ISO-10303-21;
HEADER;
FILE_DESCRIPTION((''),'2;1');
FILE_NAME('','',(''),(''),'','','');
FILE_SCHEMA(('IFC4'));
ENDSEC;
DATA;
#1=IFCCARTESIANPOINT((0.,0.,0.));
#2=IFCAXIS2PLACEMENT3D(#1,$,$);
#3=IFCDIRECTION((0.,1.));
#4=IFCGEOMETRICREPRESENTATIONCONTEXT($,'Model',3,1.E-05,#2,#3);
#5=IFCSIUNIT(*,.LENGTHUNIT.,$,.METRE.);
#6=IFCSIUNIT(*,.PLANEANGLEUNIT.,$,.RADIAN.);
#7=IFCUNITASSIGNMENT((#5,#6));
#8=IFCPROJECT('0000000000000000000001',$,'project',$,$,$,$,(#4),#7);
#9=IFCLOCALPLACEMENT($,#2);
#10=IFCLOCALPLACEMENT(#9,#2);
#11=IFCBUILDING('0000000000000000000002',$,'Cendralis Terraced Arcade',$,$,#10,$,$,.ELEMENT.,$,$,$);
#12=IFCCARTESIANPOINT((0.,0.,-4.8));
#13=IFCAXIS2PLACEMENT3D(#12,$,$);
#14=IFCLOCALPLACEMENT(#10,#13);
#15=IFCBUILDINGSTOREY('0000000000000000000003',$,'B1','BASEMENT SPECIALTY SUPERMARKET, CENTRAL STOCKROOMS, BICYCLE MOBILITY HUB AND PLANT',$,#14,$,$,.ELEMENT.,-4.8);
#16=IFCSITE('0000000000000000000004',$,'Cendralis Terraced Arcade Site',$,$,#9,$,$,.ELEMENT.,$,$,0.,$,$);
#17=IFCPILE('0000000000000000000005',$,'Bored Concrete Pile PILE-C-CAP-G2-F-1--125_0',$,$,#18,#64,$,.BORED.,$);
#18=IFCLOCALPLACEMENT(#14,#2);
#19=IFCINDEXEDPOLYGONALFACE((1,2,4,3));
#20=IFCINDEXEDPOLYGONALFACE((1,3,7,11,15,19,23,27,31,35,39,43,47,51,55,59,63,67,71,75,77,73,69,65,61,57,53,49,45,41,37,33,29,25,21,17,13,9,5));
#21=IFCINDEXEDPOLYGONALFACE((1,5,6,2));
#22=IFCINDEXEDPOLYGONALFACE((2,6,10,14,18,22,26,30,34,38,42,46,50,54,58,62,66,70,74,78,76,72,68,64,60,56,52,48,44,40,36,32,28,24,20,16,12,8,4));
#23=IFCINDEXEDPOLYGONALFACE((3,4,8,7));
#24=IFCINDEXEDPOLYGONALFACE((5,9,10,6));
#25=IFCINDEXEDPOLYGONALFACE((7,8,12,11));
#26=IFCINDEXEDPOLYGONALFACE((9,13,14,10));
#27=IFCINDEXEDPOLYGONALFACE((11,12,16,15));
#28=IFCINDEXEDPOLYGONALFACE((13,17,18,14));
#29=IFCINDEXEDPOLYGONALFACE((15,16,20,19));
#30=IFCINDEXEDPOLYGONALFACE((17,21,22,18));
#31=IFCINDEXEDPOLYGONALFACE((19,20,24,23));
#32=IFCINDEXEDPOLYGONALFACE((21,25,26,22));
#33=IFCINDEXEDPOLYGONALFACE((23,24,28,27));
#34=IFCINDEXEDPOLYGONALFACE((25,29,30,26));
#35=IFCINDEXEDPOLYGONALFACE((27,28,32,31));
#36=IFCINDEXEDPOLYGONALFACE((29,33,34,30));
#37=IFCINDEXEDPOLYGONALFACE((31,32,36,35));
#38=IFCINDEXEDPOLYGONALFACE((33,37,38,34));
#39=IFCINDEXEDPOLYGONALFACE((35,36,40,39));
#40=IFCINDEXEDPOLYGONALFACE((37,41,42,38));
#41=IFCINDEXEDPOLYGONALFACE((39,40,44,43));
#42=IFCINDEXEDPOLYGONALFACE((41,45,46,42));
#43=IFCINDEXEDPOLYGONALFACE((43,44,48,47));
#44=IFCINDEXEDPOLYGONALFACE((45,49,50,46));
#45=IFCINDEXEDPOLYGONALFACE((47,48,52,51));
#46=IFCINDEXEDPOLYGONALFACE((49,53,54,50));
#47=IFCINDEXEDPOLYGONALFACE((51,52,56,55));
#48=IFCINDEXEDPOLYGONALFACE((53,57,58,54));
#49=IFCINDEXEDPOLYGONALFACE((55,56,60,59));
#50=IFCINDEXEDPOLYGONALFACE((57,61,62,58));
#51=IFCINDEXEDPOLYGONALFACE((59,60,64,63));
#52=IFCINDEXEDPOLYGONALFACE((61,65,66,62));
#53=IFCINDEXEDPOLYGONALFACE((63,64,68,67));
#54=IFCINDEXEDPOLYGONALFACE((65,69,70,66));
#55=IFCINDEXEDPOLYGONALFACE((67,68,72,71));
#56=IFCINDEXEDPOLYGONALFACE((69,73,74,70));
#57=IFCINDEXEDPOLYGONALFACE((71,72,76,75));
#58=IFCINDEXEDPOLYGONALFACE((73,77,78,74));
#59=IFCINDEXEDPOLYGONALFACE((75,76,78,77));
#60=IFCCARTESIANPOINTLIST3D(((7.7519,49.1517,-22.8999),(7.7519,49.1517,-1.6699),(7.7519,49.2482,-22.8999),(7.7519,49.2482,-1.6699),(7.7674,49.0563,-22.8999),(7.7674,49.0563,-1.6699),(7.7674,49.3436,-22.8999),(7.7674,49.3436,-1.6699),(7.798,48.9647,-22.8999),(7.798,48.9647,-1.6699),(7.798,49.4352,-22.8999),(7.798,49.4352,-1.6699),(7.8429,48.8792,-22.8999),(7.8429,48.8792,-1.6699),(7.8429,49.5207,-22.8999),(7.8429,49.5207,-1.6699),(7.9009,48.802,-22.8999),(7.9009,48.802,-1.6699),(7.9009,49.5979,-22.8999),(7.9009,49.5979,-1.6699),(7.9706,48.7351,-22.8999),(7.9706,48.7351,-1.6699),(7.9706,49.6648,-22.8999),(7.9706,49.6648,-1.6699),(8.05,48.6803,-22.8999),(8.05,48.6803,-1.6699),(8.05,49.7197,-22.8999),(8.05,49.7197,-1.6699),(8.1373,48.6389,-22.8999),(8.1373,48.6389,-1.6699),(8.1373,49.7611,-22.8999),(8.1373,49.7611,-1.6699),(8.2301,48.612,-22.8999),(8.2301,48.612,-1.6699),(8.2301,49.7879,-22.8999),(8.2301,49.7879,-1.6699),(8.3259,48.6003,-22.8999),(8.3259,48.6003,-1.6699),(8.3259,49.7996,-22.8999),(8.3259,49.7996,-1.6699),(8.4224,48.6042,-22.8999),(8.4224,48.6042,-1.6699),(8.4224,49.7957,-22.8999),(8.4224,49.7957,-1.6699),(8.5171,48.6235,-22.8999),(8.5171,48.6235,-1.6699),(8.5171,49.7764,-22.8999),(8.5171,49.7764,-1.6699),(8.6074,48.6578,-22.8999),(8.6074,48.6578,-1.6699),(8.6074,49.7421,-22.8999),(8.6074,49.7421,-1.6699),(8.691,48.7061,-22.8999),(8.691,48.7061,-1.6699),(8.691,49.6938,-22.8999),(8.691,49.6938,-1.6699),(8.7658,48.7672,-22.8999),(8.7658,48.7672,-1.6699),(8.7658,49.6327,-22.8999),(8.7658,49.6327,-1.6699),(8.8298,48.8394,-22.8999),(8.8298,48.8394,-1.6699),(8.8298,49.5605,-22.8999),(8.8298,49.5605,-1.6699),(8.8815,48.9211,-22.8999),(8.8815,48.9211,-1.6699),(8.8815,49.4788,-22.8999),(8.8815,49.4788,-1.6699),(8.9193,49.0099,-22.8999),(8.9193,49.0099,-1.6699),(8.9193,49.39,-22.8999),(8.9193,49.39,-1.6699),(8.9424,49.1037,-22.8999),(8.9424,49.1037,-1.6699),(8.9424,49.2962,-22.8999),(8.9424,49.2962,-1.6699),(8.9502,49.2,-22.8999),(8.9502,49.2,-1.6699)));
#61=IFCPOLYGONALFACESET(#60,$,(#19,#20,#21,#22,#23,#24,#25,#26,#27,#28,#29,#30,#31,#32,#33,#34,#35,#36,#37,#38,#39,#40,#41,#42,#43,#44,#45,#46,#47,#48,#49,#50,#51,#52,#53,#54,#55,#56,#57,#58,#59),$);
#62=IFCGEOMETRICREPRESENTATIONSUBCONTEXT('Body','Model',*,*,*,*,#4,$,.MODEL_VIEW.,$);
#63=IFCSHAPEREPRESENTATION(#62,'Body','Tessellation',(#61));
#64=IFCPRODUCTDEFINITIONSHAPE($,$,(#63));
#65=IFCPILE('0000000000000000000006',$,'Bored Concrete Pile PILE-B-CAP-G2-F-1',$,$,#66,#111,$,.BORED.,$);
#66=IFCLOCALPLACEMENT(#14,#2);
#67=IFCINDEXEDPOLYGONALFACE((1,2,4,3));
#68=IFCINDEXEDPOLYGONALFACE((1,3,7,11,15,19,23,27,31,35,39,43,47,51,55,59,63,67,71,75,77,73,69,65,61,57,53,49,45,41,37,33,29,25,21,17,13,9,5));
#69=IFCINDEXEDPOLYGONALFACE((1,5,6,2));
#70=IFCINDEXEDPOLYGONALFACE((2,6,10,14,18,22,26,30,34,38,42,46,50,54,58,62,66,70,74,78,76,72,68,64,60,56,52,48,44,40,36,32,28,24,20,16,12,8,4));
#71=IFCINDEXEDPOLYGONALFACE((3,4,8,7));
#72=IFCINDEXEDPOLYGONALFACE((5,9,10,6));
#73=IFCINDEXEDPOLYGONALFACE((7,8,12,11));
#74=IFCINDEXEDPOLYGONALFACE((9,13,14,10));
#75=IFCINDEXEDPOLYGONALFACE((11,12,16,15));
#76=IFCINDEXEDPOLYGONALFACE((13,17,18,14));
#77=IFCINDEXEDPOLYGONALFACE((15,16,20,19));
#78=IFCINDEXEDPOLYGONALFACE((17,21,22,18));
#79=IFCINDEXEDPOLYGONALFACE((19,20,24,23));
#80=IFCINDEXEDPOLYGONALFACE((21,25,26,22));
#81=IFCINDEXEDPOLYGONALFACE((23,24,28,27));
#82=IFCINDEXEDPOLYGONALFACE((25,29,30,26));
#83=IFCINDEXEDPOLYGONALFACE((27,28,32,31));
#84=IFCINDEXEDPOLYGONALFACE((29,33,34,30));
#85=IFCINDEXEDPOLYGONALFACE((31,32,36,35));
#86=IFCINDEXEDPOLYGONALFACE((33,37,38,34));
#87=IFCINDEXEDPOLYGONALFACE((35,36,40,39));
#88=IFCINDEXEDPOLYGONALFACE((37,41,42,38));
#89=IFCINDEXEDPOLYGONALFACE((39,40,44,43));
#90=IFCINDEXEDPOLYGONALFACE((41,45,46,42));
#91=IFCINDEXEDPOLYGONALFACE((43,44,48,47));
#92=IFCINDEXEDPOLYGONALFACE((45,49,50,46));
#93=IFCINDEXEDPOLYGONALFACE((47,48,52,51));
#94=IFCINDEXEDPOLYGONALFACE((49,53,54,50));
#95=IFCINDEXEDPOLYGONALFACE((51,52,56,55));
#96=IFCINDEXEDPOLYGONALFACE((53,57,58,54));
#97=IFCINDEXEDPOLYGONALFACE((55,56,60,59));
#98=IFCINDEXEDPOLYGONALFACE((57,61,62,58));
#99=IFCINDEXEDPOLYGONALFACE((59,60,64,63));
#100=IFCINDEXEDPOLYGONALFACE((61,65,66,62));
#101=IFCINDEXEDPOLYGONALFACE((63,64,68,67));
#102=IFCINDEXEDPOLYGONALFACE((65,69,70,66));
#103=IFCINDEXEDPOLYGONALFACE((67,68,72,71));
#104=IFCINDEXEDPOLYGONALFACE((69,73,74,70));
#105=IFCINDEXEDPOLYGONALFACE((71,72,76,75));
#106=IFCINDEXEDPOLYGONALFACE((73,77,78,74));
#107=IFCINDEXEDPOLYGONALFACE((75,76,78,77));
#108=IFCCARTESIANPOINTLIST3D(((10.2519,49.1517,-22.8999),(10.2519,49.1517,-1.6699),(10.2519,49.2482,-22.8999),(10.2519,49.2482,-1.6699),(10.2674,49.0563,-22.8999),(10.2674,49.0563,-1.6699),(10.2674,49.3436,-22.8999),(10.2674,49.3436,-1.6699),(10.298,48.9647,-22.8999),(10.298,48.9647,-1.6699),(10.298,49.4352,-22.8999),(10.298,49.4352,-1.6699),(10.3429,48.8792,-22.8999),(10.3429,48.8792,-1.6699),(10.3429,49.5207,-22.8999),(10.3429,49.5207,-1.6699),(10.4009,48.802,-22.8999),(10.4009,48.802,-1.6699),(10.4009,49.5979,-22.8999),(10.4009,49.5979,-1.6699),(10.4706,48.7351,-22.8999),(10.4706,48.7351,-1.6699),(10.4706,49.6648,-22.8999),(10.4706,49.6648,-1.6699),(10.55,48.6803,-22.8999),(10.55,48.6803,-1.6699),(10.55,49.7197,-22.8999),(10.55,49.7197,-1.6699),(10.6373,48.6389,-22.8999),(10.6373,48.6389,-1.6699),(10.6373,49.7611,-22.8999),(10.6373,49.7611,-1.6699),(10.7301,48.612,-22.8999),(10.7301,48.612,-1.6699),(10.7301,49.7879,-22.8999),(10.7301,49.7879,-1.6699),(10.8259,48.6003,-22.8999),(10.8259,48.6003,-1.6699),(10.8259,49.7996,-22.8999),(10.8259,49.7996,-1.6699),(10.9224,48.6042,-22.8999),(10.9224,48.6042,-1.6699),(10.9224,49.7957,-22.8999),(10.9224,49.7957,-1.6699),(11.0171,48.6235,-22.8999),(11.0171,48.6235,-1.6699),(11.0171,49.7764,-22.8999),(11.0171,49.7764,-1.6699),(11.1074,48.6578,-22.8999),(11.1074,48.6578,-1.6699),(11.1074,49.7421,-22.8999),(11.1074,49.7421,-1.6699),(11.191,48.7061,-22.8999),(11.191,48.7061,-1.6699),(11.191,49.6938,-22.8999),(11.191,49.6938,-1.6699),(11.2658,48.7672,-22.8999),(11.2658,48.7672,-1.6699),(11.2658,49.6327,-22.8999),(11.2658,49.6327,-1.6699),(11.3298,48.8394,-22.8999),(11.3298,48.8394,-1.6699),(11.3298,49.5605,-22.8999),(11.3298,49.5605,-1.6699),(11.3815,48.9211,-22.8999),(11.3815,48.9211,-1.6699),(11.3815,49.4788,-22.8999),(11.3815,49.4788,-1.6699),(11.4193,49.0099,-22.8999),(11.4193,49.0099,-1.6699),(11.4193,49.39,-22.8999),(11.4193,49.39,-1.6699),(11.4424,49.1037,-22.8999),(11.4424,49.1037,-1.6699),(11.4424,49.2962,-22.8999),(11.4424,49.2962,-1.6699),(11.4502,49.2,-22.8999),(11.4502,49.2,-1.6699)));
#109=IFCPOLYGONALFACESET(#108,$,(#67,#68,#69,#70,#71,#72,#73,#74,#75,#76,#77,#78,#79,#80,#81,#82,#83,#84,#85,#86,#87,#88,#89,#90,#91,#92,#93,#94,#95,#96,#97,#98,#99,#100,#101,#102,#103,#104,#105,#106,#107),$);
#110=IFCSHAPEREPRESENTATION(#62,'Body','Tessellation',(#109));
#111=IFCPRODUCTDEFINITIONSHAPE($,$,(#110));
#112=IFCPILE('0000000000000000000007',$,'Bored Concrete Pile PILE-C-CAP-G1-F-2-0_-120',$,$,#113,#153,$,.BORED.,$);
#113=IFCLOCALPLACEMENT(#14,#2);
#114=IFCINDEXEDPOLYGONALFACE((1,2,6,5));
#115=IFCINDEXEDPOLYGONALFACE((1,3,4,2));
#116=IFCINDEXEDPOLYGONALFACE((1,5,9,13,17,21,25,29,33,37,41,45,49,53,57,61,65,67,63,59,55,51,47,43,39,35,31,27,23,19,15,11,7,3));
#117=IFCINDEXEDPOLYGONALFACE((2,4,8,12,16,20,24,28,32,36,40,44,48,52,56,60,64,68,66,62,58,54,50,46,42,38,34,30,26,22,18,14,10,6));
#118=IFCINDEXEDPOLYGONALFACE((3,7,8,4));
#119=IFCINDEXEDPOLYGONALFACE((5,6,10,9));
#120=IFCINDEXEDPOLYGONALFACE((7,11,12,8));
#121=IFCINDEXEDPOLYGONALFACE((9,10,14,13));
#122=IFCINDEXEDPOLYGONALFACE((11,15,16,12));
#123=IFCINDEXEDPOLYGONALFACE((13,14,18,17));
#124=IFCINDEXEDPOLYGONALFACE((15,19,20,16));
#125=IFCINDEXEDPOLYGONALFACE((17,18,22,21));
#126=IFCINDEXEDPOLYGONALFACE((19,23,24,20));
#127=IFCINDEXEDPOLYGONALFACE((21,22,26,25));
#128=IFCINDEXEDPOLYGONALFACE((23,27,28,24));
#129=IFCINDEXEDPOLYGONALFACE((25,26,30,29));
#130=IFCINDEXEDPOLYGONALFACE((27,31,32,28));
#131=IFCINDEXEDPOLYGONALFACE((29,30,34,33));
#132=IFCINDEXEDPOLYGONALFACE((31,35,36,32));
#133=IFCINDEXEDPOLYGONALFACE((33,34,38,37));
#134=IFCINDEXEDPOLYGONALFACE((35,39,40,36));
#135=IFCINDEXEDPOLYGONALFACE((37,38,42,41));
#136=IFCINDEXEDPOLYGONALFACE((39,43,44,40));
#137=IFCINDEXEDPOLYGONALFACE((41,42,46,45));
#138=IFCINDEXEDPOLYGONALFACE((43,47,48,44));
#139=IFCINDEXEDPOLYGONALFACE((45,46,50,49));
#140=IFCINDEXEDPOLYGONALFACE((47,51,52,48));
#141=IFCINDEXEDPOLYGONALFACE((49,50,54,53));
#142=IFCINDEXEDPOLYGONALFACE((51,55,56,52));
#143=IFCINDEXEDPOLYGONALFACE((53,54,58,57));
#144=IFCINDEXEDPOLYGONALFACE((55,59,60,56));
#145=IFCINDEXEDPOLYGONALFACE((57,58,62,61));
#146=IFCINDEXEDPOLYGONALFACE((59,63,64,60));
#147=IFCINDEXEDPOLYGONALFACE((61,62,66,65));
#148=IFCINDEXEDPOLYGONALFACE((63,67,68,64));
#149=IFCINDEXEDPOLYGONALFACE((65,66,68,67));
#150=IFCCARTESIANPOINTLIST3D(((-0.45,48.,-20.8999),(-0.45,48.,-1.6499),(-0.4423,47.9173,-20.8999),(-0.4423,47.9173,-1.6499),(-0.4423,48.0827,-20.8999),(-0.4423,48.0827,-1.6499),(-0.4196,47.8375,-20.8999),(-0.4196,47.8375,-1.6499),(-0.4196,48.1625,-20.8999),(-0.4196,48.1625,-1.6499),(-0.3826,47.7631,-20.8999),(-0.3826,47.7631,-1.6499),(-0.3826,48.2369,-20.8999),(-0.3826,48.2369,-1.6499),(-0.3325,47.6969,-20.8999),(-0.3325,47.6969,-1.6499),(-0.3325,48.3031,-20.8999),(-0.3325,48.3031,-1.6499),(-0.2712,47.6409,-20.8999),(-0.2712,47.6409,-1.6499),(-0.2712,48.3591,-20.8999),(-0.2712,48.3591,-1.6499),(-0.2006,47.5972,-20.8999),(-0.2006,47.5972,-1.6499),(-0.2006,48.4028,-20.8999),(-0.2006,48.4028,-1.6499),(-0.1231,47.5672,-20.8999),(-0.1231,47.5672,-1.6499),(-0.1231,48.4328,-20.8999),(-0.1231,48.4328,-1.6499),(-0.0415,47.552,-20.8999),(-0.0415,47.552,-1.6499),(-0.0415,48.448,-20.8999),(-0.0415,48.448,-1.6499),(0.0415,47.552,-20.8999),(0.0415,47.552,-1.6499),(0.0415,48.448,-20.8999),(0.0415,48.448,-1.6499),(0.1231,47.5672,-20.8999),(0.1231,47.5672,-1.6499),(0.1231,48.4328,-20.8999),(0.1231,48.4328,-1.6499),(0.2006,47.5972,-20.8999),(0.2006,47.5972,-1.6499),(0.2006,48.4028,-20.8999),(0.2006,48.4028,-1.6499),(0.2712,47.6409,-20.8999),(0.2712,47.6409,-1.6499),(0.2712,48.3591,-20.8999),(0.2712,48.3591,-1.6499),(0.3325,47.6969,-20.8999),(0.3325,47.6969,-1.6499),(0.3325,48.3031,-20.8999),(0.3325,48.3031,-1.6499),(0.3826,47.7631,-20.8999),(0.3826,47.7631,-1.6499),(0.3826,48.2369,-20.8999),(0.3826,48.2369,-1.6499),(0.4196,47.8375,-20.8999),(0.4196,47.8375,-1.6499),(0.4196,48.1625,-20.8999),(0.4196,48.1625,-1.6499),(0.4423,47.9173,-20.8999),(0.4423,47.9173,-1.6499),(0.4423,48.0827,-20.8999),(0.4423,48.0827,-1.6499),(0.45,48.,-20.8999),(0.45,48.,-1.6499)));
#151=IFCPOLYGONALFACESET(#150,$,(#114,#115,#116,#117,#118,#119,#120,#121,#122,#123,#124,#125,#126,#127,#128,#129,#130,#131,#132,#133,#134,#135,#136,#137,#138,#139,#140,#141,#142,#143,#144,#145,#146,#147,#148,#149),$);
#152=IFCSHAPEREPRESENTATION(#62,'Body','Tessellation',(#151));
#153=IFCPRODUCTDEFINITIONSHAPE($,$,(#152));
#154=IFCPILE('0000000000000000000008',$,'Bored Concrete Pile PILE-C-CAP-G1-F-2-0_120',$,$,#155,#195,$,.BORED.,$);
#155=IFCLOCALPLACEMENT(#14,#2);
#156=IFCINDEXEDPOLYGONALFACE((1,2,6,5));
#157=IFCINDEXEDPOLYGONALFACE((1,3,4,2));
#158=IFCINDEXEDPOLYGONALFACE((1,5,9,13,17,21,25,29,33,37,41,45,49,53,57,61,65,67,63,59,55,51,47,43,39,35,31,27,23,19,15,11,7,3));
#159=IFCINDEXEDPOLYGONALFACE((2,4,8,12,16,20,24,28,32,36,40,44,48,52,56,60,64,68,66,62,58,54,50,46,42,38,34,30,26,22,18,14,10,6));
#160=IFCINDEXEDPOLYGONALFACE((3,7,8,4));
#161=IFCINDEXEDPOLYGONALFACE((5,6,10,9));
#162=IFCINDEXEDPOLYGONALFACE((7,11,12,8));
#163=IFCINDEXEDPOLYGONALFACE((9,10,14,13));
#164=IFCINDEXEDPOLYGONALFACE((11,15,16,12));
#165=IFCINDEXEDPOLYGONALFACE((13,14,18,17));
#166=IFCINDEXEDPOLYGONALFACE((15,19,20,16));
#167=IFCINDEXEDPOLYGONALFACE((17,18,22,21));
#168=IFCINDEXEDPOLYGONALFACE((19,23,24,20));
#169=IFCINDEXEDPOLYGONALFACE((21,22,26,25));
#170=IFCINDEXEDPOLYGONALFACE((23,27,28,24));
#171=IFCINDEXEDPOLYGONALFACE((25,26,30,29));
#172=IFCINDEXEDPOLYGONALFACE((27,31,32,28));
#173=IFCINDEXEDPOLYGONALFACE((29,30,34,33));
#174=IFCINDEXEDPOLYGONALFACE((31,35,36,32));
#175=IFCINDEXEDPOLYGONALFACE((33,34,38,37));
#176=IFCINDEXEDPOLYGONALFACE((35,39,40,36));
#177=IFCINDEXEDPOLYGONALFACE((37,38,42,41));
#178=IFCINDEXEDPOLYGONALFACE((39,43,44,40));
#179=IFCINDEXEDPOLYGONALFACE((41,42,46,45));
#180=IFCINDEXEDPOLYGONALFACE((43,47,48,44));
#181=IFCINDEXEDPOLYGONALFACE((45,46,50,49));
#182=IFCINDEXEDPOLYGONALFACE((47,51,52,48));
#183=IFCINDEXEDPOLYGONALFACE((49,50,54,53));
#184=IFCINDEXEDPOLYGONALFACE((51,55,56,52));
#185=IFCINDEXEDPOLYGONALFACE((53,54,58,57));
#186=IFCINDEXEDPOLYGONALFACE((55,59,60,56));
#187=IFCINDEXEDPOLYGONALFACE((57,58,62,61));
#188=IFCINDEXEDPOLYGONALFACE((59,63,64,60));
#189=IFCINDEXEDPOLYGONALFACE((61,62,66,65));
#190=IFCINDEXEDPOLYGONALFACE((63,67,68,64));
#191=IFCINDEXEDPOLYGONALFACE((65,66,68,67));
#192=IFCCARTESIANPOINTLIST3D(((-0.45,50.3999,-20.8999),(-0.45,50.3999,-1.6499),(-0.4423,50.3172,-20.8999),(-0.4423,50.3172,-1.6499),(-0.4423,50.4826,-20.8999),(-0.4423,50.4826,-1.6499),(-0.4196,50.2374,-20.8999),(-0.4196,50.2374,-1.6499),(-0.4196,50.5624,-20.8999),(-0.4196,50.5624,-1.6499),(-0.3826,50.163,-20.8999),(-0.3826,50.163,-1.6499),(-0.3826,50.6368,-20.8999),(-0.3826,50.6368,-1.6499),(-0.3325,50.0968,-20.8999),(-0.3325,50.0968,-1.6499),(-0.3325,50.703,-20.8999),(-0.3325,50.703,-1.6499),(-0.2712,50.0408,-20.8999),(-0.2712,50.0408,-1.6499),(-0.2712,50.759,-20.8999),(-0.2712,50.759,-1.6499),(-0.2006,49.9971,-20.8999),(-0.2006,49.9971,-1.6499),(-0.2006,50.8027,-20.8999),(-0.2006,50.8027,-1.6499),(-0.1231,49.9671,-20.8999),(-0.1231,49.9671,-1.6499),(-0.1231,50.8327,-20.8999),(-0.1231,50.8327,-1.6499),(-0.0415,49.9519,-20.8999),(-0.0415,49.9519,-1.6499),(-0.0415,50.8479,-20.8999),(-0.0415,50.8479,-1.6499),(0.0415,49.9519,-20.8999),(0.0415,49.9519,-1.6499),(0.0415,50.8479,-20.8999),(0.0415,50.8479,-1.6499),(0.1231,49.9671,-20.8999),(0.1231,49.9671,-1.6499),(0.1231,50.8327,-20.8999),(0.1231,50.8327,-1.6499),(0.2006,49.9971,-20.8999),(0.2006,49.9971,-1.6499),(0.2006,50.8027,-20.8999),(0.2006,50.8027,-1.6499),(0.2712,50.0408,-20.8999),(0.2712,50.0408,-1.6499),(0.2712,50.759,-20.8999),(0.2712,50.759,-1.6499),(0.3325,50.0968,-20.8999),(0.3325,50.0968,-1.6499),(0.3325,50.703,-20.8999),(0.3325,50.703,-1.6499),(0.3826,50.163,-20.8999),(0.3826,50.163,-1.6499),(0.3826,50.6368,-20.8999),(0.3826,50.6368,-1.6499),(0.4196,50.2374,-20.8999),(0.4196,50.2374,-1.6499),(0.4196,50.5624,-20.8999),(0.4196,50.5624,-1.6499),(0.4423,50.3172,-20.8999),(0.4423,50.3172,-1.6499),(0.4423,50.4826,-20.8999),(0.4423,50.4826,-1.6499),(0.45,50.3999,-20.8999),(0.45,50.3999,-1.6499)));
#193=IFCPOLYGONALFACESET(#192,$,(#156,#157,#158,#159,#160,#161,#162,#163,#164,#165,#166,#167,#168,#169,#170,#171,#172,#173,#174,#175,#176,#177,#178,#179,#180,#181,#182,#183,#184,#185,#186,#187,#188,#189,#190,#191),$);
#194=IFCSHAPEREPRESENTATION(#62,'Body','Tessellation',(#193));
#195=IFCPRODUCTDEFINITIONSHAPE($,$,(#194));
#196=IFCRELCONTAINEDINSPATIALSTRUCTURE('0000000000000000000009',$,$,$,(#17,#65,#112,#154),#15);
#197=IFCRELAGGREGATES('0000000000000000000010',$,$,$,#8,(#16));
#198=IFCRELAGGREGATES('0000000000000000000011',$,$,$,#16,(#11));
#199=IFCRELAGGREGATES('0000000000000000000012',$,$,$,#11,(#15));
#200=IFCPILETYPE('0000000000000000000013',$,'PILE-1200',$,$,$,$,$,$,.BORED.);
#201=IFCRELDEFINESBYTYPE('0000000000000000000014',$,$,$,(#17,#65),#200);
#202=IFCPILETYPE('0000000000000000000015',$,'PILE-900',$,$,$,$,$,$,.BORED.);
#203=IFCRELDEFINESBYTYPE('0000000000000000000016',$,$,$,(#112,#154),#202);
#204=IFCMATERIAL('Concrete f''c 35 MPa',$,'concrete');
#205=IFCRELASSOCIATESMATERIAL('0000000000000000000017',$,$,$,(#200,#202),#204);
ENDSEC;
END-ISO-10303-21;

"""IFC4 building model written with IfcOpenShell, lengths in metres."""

from ifc_helpers import new_model, si_unit, direction, frame, origin, origin_2d, place, context, subcontext, project, spatial, circle, extrude, material, material_profile, profile_set, type_object, element, save


model = new_model("IFC4")

# Units and contexts
model_context = context("Model", 3, precision=1e-05, world=origin(), true_north=direction((0.0, 1.0)))
body_context = subcontext(model_context, "Body", "Model", "MODEL_VIEW")
ifc_project = project(units=[si_unit("LENGTHUNIT", "METRE"), si_unit("PLANEANGLEUNIT", "RADIAN")], contexts=[model_context])

# Site, building, storey
site_placement = place(None, origin())
site = spatial("IfcSite", under=ifc_project, at=site_placement, Name="Cendralis Terraced Arcade Site", CompositionType="ELEMENT", RefElevation=0.0)
building_placement = place(site_placement, origin())
building = spatial("IfcBuilding", under=site, at=building_placement, Name="Cendralis Terraced Arcade", CompositionType="ELEMENT")
storey_placement = place(building_placement, frame((0.0, 0.0, -4.8)))
storey = spatial("IfcBuildingStorey", under=building, at=storey_placement, Name="B1", Description="BASEMENT SPECIALTY SUPERMARKET, CENTRAL STOCKROOMS, BICYCLE MOBILITY HUB AND PLANT", CompositionType="ELEMENT", Elevation=-4.8)

# Shared definitions
ifc_material_1 = material(Name="Concrete f'c 35 MPa", Category="concrete")

# Piles
ifc_material_profile_1 = material_profile(ifc_material_1, circle(Radius=0.6001, at=origin_2d()), Name="PILE-D1200", Category="LoadBearing")
ifc_profile_set_1 = profile_set([ifc_material_profile_1], Name="Concrete f'c 35 MPa")
pile_type_1 = type_object("IfcPileType", Name="PILE-1200", PredefinedType="BORED", material=ifc_profile_set_1)
for number, where, z_axis, x_axis, name in (
    (1, (8.3501, 49.2, -1.6699), (0.0, 0.0, -1.0), (1.0, 0.0, 0.0), "Bored Concrete Pile PILE-C-CAP-G2-F-1--125_0"),
    (2, (10.8501, 49.2, -1.6699), (0.0, 0.0, -1.0), (1.0, 0.0, 0.0), "Bored Concrete Pile PILE-B-CAP-G2-F-1"),
):
    element("IfcPile", number, at=place(storey_placement, frame(where, z_axis=z_axis, x_axis=x_axis)), inside=storey, type_object=pile_type_1, Name=name, PredefinedType="BORED", context=body_context, shape_type="SweptSolid", body=[
        extrude(circle(Radius=0.6001, at=origin_2d()), origin(), (0.0, 0.0, 1.0), 21.23),
    ])
ifc_material_profile_2 = material_profile(ifc_material_1, circle(Radius=0.45, at=origin_2d()), Name="PILE-D900", Category="LoadBearing")
ifc_profile_set_2 = profile_set([ifc_material_profile_2], Name="Concrete f'c 35 MPa")
pile_type_2 = type_object("IfcPileType", Name="PILE-900", PredefinedType="BORED", material=ifc_profile_set_2)
for number, where, z_axis, x_axis, name in (
    (3, (0.0, 48.0, -1.6499), (0.0, 0.0, -1.0), (1.0, 0.0, 0.0), "Bored Concrete Pile PILE-C-CAP-G1-F-2-0_-120"),
    (4, (0.0, 50.3999, -1.6499), (0.0, 0.0, -1.0), (1.0, 0.0, 0.0), "Bored Concrete Pile PILE-C-CAP-G1-F-2-0_120"),
):
    element("IfcPile", number, at=place(storey_placement, frame(where, z_axis=z_axis, x_axis=x_axis)), inside=storey, type_object=pile_type_2, Name=name, PredefinedType="BORED", context=body_context, shape_type="SweptSolid", body=[
        extrude(circle(Radius=0.45, at=origin_2d()), origin(), (0.0, 0.0, 1.0), 19.25),
    ])

save(model, "model.ifc")
